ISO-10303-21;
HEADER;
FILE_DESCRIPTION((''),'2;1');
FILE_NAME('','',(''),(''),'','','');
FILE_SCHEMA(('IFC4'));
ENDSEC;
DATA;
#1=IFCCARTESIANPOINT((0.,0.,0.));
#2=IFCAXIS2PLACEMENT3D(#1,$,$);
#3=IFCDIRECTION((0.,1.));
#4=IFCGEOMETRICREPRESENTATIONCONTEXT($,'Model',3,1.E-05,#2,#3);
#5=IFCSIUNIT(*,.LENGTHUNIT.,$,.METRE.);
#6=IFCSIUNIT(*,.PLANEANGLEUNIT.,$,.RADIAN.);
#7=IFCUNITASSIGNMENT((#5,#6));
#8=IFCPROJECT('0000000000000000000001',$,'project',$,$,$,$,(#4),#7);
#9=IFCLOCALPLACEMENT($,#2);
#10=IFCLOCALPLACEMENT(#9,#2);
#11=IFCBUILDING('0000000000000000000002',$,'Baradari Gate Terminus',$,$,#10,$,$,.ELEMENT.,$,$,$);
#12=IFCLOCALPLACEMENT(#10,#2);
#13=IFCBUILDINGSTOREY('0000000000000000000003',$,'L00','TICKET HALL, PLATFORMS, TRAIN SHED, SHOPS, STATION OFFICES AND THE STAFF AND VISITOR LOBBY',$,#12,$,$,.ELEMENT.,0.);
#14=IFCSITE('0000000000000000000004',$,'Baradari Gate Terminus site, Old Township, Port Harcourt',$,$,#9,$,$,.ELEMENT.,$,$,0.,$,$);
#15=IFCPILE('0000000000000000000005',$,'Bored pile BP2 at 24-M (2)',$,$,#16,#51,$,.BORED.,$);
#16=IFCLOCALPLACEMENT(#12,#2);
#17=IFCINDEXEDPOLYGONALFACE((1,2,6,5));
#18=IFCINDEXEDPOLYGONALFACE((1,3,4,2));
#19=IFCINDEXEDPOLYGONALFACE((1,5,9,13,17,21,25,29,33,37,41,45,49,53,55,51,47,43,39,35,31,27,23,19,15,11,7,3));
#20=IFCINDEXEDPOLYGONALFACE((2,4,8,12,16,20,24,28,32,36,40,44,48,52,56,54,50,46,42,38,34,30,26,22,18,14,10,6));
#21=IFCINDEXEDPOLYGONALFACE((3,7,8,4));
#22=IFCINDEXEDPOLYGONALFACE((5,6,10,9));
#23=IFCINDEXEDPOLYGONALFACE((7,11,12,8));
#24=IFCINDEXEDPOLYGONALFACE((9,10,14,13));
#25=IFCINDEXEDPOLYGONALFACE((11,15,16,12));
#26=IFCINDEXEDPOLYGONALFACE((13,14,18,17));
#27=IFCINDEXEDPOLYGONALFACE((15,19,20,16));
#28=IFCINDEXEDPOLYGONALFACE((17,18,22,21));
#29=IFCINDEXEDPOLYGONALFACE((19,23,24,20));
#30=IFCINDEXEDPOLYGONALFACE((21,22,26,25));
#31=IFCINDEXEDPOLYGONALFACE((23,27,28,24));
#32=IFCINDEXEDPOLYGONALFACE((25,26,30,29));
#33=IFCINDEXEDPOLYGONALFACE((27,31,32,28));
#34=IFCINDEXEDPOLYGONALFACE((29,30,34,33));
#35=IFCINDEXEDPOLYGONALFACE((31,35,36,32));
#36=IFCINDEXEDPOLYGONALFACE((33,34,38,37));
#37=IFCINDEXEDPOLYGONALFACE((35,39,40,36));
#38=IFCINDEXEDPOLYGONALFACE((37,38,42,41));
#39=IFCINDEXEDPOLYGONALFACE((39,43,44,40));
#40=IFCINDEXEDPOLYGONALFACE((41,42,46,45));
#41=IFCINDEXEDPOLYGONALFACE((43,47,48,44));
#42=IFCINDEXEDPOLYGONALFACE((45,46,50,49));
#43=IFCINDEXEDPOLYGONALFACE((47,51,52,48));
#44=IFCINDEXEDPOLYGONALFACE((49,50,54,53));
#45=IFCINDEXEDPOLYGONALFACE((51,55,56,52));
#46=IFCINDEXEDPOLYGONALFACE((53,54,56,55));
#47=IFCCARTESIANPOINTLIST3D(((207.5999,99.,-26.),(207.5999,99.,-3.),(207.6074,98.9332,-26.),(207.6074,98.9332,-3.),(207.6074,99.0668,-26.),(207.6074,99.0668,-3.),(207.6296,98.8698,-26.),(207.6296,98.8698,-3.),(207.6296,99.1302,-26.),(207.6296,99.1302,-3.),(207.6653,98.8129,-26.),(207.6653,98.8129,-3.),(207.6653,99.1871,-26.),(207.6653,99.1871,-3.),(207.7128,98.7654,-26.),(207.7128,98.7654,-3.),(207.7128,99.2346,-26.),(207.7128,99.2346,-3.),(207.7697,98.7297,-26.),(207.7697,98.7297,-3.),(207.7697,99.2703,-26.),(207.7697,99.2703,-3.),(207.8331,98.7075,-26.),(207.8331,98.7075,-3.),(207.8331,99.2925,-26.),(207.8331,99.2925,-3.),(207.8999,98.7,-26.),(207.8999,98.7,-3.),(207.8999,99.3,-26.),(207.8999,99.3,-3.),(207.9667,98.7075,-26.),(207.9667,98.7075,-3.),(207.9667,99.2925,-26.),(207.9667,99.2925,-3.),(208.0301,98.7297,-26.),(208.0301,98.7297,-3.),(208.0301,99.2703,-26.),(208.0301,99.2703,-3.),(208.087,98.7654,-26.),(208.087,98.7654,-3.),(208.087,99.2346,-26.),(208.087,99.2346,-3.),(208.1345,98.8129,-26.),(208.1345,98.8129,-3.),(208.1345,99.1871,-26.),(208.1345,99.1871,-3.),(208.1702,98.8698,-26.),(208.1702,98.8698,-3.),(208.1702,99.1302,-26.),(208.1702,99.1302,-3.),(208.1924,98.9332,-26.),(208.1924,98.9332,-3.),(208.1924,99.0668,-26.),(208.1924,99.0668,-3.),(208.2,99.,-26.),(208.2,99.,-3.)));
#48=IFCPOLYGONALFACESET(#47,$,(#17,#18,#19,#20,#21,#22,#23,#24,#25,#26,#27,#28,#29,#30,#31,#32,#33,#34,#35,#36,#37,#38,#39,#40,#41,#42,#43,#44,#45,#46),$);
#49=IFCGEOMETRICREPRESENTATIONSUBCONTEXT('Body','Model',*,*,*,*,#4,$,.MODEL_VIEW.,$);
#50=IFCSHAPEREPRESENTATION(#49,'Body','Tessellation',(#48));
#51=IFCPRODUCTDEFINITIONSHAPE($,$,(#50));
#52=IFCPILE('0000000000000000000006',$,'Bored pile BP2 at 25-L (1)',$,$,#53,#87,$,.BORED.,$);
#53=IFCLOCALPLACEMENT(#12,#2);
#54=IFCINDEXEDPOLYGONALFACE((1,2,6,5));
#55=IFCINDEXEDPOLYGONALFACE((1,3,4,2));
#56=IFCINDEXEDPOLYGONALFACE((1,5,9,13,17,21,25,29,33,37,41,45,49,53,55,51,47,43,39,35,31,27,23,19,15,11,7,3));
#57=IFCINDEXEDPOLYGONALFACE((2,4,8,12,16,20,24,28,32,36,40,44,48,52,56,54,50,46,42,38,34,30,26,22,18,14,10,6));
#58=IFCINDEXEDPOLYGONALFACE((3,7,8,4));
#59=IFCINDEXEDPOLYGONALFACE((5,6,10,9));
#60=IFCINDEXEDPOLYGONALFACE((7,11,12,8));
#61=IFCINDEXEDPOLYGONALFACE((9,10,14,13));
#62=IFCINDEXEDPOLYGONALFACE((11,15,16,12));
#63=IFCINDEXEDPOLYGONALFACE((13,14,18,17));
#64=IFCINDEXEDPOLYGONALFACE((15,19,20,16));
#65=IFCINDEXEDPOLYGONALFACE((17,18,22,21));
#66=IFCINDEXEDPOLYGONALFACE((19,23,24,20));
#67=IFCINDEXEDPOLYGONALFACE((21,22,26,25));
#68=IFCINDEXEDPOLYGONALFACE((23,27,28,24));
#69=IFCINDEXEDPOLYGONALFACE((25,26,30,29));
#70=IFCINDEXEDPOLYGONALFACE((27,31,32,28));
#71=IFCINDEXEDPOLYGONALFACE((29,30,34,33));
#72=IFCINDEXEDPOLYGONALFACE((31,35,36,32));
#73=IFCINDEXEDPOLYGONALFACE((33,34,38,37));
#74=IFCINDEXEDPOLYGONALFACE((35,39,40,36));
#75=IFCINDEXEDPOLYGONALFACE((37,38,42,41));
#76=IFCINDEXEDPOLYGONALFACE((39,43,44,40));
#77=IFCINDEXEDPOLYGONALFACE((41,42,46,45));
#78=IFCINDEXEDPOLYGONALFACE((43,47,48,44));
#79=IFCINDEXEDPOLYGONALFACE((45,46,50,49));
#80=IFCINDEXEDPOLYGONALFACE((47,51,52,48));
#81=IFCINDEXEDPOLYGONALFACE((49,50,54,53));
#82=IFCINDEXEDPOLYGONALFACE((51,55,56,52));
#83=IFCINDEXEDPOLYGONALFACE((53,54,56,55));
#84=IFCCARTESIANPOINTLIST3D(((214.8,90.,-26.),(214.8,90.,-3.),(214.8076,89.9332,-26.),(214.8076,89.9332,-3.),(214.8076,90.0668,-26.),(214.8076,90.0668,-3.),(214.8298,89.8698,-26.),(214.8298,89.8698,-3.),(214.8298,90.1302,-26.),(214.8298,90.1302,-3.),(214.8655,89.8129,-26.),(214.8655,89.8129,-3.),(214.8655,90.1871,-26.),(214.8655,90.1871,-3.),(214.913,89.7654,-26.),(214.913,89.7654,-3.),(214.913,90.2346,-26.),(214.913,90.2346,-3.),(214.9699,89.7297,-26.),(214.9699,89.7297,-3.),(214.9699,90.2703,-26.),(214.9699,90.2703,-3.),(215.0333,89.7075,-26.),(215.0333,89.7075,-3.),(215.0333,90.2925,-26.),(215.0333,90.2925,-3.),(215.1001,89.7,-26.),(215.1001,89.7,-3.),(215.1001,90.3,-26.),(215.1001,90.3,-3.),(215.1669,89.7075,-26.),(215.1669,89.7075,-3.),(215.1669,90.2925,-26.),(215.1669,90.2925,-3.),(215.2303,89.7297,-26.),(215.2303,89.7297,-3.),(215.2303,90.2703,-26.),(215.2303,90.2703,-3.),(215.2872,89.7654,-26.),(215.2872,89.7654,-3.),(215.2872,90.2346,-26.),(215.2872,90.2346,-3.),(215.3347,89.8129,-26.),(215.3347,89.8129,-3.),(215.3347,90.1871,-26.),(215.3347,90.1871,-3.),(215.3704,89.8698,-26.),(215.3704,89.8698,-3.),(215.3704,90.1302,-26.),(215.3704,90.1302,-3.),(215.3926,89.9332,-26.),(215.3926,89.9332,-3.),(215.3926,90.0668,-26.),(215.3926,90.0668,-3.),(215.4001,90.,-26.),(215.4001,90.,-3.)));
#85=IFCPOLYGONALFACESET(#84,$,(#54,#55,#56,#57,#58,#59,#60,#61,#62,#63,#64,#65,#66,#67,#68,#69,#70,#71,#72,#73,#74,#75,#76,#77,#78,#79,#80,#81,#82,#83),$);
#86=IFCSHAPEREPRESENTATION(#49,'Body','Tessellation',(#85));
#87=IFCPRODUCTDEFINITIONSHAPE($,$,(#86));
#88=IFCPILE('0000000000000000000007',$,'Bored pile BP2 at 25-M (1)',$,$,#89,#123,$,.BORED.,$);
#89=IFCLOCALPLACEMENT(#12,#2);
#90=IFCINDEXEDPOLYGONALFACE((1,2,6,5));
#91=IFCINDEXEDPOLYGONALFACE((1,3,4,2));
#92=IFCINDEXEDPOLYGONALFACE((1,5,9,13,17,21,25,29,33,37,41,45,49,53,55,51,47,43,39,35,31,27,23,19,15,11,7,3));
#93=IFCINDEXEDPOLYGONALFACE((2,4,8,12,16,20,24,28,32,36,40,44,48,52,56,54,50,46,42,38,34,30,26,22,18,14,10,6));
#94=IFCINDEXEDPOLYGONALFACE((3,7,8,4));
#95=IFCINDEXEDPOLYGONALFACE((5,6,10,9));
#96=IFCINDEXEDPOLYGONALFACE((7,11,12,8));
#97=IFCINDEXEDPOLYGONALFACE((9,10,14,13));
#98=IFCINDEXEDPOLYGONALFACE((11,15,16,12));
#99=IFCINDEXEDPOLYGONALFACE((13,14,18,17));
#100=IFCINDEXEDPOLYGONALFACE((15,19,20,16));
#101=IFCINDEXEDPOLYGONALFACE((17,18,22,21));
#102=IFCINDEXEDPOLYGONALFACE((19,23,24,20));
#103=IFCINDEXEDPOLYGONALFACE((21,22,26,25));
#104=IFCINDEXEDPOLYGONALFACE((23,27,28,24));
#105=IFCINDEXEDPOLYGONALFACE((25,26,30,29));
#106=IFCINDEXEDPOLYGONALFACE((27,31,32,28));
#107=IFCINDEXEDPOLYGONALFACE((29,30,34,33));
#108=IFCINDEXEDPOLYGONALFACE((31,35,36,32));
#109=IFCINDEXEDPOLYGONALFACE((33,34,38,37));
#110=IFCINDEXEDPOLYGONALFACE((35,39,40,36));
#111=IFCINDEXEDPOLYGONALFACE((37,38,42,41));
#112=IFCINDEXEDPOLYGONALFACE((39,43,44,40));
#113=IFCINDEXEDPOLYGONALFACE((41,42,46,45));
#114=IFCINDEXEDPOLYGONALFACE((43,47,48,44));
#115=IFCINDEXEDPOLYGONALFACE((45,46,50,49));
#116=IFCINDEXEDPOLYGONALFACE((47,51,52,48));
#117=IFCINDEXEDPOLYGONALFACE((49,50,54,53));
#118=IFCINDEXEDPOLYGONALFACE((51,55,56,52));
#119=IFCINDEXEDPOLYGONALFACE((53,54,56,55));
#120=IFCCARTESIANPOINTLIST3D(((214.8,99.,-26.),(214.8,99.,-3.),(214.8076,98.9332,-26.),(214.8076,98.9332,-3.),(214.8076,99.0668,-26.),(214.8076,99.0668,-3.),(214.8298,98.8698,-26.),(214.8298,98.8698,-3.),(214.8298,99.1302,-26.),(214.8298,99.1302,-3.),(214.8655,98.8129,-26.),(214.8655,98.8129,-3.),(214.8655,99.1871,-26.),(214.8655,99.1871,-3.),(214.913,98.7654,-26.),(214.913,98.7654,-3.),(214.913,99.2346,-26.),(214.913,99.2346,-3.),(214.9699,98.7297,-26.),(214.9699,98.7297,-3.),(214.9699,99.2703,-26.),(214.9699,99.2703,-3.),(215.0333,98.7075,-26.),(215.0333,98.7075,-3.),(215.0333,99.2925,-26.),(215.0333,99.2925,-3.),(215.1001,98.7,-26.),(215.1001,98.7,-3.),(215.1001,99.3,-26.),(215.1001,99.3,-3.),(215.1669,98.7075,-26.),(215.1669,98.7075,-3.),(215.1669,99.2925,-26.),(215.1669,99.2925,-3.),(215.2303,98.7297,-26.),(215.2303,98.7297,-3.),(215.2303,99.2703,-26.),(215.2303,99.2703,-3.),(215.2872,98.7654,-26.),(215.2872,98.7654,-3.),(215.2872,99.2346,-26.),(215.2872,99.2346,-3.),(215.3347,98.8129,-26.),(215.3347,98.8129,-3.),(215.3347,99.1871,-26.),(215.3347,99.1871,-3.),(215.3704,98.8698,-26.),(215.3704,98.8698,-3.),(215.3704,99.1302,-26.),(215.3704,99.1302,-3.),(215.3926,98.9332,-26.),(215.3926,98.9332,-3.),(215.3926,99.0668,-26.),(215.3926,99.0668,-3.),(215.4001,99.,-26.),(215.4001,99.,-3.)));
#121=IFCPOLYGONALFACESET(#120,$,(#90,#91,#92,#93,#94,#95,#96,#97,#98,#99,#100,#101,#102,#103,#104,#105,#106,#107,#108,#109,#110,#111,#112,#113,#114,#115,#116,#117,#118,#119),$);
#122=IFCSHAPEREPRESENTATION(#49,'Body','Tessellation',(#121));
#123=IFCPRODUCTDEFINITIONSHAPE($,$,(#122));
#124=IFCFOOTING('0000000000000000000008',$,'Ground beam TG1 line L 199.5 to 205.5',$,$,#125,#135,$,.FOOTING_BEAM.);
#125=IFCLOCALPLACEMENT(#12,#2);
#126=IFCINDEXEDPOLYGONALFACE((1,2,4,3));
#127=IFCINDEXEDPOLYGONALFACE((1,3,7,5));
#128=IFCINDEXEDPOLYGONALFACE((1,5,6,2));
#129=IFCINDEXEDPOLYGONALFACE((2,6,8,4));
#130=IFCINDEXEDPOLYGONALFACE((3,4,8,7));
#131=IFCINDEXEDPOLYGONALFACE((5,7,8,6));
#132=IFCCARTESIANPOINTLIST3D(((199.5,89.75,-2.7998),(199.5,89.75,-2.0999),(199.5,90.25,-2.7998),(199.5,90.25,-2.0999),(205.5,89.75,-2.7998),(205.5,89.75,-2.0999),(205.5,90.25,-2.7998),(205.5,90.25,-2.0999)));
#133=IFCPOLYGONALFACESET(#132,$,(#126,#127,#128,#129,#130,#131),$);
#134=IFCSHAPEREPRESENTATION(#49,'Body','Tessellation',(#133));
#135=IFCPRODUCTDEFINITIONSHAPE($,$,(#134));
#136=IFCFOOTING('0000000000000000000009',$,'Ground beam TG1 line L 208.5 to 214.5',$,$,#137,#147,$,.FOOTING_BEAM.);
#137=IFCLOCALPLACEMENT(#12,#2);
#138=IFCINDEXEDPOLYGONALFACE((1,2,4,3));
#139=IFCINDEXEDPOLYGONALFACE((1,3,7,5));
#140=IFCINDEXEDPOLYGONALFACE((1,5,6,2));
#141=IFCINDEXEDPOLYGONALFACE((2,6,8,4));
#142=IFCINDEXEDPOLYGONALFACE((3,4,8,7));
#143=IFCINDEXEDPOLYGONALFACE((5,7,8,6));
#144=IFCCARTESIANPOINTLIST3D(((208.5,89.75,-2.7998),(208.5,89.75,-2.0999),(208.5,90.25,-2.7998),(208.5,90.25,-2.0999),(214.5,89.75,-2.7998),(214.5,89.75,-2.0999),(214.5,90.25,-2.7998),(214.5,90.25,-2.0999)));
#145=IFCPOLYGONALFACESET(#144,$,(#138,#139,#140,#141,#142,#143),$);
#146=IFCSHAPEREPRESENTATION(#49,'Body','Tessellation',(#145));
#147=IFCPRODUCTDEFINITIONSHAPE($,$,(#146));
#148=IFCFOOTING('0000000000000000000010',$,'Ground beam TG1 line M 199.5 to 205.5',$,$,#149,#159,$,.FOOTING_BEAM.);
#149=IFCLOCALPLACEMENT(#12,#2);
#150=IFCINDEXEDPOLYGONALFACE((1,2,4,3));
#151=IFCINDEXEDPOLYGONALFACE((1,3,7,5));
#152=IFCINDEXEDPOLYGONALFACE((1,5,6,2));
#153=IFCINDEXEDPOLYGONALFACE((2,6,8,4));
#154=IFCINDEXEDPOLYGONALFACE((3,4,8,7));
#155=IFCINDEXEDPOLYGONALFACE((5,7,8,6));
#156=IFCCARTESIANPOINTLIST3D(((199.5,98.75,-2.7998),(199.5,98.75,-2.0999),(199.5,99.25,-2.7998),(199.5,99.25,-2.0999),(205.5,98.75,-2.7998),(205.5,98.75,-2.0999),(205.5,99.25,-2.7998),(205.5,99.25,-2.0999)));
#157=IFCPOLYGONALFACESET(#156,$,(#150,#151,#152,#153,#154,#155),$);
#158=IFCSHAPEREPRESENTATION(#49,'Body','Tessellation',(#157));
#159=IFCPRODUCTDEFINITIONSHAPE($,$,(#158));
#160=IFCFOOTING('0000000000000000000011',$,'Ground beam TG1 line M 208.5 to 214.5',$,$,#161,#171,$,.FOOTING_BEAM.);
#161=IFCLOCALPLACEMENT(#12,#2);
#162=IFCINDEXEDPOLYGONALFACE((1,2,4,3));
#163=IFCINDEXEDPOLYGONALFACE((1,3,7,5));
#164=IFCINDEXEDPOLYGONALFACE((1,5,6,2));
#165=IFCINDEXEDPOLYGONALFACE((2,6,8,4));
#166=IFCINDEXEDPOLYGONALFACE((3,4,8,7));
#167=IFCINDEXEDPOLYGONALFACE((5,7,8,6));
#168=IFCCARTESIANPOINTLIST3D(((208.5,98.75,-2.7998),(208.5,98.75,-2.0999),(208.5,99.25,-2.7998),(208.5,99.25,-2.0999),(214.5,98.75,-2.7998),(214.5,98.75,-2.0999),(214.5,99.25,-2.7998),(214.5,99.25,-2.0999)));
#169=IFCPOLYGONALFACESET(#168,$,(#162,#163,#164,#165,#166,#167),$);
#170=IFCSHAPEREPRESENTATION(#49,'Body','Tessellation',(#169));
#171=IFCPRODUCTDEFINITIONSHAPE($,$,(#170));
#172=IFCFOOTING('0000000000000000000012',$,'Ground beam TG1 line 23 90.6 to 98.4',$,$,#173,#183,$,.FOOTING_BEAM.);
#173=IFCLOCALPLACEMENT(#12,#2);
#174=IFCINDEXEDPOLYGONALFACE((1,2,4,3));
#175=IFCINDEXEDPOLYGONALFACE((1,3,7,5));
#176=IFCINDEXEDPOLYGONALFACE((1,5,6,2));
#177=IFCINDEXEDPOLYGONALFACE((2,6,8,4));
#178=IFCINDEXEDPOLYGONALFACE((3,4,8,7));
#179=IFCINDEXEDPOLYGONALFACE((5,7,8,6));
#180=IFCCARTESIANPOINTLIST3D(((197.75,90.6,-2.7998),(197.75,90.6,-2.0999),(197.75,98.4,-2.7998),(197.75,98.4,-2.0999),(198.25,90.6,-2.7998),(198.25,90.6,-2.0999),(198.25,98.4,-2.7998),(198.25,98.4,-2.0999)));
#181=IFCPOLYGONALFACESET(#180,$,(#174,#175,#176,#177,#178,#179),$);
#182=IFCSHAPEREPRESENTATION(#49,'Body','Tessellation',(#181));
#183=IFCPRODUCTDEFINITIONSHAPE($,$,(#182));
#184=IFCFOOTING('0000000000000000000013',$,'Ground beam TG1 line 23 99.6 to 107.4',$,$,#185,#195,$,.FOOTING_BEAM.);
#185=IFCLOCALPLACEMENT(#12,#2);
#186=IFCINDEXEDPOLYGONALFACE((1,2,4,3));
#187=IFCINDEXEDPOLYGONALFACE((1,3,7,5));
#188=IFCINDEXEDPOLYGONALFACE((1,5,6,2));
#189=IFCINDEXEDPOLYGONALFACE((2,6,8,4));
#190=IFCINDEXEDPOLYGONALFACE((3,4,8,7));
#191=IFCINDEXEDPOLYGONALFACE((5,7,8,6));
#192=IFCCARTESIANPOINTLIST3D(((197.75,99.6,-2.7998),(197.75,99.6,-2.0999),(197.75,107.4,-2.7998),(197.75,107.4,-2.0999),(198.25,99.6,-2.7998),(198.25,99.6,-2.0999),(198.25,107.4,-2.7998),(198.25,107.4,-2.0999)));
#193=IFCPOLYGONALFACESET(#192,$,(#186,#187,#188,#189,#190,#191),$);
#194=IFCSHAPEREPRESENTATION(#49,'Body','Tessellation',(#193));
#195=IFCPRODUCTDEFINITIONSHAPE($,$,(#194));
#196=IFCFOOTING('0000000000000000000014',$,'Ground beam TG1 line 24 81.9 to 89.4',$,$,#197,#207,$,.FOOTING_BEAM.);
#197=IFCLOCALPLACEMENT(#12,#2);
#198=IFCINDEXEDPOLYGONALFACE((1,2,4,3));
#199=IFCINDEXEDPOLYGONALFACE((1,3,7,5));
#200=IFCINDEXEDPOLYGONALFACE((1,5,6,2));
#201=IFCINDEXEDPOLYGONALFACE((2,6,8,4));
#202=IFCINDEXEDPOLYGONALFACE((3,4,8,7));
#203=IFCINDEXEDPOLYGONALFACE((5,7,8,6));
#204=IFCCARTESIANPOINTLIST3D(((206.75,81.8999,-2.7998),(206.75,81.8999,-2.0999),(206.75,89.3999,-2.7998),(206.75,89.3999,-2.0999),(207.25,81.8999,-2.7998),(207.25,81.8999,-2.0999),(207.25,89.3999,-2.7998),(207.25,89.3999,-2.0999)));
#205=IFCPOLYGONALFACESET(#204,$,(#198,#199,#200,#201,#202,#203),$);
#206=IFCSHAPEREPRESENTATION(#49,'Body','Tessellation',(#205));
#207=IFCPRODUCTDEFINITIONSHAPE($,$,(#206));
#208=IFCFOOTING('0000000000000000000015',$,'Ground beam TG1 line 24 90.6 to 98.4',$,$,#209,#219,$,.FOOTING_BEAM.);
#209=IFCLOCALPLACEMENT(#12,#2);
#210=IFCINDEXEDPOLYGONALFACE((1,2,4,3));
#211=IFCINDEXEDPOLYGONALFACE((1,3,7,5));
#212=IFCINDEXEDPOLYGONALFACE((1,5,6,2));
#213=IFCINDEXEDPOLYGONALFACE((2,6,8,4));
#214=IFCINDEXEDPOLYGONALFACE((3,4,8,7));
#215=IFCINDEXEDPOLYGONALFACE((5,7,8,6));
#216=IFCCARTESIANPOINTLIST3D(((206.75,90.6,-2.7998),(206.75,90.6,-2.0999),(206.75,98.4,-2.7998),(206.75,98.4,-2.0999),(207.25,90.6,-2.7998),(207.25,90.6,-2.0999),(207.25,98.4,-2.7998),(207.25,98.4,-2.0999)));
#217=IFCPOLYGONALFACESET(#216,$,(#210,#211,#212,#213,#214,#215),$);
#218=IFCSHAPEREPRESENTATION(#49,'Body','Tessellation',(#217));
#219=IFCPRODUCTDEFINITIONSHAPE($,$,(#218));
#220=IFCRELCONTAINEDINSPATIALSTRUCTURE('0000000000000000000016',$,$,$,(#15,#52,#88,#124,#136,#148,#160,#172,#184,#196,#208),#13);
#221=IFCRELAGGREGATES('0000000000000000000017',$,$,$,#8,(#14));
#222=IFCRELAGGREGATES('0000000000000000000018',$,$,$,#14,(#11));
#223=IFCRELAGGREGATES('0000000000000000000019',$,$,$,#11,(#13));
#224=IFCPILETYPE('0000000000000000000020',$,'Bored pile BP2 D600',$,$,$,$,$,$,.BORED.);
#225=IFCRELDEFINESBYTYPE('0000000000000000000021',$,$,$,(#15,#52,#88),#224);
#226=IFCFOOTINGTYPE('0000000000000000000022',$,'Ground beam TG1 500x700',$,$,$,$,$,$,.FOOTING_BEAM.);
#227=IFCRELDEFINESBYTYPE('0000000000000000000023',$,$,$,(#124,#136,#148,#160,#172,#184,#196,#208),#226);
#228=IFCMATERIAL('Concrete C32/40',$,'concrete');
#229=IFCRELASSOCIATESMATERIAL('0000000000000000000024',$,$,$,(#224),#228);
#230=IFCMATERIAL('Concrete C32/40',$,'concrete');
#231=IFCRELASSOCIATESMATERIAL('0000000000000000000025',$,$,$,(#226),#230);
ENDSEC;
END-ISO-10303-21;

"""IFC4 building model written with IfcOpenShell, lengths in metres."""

from ifc_helpers import new_model, si_unit, direction, frame, origin, origin_2d, place, context, subcontext, project, spatial, rectangle, circle, extrude, material, type_object, element, save


model = new_model("IFC4")

# Units and contexts
model_context = context("Model", 3, precision=1e-05, world=origin(), true_north=direction((0.0, 1.0)))
body_context = subcontext(model_context, "Body", "Model", "MODEL_VIEW")
ifc_project = project(units=[si_unit("LENGTHUNIT", "METRE"), si_unit("PLANEANGLEUNIT", "RADIAN")], contexts=[model_context])

# Site, building, storey
site_placement = place(None, origin())
site = spatial("IfcSite", under=ifc_project, at=site_placement, Name="Baradari Gate Terminus site, Old Township, Port Harcourt", CompositionType="ELEMENT", RefElevation=0.0)
building_placement = place(site_placement, origin())
building = spatial("IfcBuilding", under=site, at=building_placement, Name="Baradari Gate Terminus", CompositionType="ELEMENT")
storey_placement = place(building_placement, origin())
storey = spatial("IfcBuildingStorey", under=building, at=storey_placement, Name="L00", Description="TICKET HALL, PLATFORMS, TRAIN SHED, SHOPS, STATION OFFICES AND THE STAFF AND VISITOR LOBBY", CompositionType="ELEMENT", Elevation=0.0)

# Piles
ifc_material_1 = material(Name="Concrete C32/40", Category="concrete")
pile_type = type_object("IfcPileType", Name="Bored pile BP2 D600", PredefinedType="BORED", material=ifc_material_1)
for number, where, z_axis, x_axis, name in (
    (1, (207.8999, 99.0, -3.0), (0.0, 0.0, -1.0), (1.0, 0.0, 0.0), "Bored pile BP2 at 24-M (2)"),
    (2, (215.1001, 90.0, -3.0), (0.0, 0.0, -1.0), (1.0, 0.0, 0.0), "Bored pile BP2 at 25-L (1)"),
    (3, (215.1001, 99.0, -3.0), (0.0, 0.0, -1.0), (1.0, 0.0, 0.0), "Bored pile BP2 at 25-M (1)"),
):
    element("IfcPile", number, at=place(storey_placement, frame(where, z_axis=z_axis, x_axis=x_axis)), inside=storey, type_object=pile_type, Name=name, PredefinedType="BORED", context=body_context, shape_type="SweptSolid", body=[
        extrude(circle(Radius=0.3, at=origin_2d()), origin(), (0.0, 0.0, 1.0), 23.0),
    ])

# Footings
ifc_material_2 = material(Name="Concrete C32/40", Category="concrete")
footing_type_1 = type_object("IfcFootingType", Name="Ground beam TG1 500x700", PredefinedType="FOOTING_BEAM", material=ifc_material_2)
for number, where, z_axis, x_axis, name in (
    (4, (202.5, 90.0, -2.7998), (0.0, 0.0, 1.0), (1.0, 0.0, 0.0), "Ground beam TG1 line L 199.5 to 205.5"),
    (5, (211.5, 90.0, -2.7998), (0.0, 0.0, 1.0), (1.0, 0.0, 0.0), "Ground beam TG1 line L 208.5 to 214.5"),
    (6, (202.5, 99.0, -2.7998), (0.0, 0.0, 1.0), (1.0, 0.0, 0.0), "Ground beam TG1 line M 199.5 to 205.5"),
    (7, (211.5, 99.0, -2.7998), (0.0, 0.0, 1.0), (1.0, 0.0, 0.0), "Ground beam TG1 line M 208.5 to 214.5"),
):
    element("IfcFooting", number, at=place(storey_placement, frame(where, z_axis=z_axis, x_axis=x_axis)), inside=storey, type_object=footing_type_1, Name=name, PredefinedType="FOOTING_BEAM", context=body_context, shape_type="SweptSolid", body=[
        extrude(rectangle(XDim=6.0, YDim=0.5, at=origin_2d()), origin(), (0.0, 0.0, 1.0), 0.7),
    ])
for number, where, z_axis, x_axis, name in (
    (8, (198.0, 94.5, -2.7998), (0.0, 0.0, 1.0), (1.0, 0.0, 0.0), "Ground beam TG1 line 23 90.6 to 98.4"),
    (9, (198.0, 103.5, -2.7998), (0.0, 0.0, 1.0), (1.0, 0.0, 0.0), "Ground beam TG1 line 23 99.6 to 107.4"),
):
    element("IfcFooting", number, at=place(storey_placement, frame(where, z_axis=z_axis, x_axis=x_axis)), inside=storey, type_object=footing_type_1, Name=name, PredefinedType="FOOTING_BEAM", context=body_context, shape_type="SweptSolid", body=[
        extrude(rectangle(XDim=0.5, YDim=7.8, at=origin_2d()), origin(), (0.0, 0.0, 1.0), 0.7),
    ])
footing_1_placement = place(storey_placement, frame((207.0, 85.6499, -2.7998), z_axis=(0.0, 0.0, 1.0), x_axis=(1.0, 0.0, 0.0)))
element("IfcFooting", 10, at=footing_1_placement, inside=storey, type_object=footing_type_1, Name="Ground beam TG1 line 24 81.9 to 89.4", PredefinedType="FOOTING_BEAM", context=body_context, shape_type="SweptSolid", body=[
    extrude(rectangle(XDim=0.5, YDim=7.5, at=origin_2d()), origin(), (0.0, 0.0, 1.0), 0.7),
])
for number, where, z_axis, x_axis, name in (
    (11, (207.0, 94.5, -2.7998), (0.0, 0.0, 1.0), (1.0, 0.0, 0.0), "Ground beam TG1 line 24 90.6 to 98.4"),
):
    element("IfcFooting", number, at=place(storey_placement, frame(where, z_axis=z_axis, x_axis=x_axis)), inside=storey, type_object=footing_type_1, Name=name, PredefinedType="FOOTING_BEAM", context=body_context, shape_type="SweptSolid", body=[
        extrude(rectangle(XDim=0.5, YDim=7.8, at=origin_2d()), origin(), (0.0, 0.0, 1.0), 0.7),
    ])

save(model, "model.ifc")
